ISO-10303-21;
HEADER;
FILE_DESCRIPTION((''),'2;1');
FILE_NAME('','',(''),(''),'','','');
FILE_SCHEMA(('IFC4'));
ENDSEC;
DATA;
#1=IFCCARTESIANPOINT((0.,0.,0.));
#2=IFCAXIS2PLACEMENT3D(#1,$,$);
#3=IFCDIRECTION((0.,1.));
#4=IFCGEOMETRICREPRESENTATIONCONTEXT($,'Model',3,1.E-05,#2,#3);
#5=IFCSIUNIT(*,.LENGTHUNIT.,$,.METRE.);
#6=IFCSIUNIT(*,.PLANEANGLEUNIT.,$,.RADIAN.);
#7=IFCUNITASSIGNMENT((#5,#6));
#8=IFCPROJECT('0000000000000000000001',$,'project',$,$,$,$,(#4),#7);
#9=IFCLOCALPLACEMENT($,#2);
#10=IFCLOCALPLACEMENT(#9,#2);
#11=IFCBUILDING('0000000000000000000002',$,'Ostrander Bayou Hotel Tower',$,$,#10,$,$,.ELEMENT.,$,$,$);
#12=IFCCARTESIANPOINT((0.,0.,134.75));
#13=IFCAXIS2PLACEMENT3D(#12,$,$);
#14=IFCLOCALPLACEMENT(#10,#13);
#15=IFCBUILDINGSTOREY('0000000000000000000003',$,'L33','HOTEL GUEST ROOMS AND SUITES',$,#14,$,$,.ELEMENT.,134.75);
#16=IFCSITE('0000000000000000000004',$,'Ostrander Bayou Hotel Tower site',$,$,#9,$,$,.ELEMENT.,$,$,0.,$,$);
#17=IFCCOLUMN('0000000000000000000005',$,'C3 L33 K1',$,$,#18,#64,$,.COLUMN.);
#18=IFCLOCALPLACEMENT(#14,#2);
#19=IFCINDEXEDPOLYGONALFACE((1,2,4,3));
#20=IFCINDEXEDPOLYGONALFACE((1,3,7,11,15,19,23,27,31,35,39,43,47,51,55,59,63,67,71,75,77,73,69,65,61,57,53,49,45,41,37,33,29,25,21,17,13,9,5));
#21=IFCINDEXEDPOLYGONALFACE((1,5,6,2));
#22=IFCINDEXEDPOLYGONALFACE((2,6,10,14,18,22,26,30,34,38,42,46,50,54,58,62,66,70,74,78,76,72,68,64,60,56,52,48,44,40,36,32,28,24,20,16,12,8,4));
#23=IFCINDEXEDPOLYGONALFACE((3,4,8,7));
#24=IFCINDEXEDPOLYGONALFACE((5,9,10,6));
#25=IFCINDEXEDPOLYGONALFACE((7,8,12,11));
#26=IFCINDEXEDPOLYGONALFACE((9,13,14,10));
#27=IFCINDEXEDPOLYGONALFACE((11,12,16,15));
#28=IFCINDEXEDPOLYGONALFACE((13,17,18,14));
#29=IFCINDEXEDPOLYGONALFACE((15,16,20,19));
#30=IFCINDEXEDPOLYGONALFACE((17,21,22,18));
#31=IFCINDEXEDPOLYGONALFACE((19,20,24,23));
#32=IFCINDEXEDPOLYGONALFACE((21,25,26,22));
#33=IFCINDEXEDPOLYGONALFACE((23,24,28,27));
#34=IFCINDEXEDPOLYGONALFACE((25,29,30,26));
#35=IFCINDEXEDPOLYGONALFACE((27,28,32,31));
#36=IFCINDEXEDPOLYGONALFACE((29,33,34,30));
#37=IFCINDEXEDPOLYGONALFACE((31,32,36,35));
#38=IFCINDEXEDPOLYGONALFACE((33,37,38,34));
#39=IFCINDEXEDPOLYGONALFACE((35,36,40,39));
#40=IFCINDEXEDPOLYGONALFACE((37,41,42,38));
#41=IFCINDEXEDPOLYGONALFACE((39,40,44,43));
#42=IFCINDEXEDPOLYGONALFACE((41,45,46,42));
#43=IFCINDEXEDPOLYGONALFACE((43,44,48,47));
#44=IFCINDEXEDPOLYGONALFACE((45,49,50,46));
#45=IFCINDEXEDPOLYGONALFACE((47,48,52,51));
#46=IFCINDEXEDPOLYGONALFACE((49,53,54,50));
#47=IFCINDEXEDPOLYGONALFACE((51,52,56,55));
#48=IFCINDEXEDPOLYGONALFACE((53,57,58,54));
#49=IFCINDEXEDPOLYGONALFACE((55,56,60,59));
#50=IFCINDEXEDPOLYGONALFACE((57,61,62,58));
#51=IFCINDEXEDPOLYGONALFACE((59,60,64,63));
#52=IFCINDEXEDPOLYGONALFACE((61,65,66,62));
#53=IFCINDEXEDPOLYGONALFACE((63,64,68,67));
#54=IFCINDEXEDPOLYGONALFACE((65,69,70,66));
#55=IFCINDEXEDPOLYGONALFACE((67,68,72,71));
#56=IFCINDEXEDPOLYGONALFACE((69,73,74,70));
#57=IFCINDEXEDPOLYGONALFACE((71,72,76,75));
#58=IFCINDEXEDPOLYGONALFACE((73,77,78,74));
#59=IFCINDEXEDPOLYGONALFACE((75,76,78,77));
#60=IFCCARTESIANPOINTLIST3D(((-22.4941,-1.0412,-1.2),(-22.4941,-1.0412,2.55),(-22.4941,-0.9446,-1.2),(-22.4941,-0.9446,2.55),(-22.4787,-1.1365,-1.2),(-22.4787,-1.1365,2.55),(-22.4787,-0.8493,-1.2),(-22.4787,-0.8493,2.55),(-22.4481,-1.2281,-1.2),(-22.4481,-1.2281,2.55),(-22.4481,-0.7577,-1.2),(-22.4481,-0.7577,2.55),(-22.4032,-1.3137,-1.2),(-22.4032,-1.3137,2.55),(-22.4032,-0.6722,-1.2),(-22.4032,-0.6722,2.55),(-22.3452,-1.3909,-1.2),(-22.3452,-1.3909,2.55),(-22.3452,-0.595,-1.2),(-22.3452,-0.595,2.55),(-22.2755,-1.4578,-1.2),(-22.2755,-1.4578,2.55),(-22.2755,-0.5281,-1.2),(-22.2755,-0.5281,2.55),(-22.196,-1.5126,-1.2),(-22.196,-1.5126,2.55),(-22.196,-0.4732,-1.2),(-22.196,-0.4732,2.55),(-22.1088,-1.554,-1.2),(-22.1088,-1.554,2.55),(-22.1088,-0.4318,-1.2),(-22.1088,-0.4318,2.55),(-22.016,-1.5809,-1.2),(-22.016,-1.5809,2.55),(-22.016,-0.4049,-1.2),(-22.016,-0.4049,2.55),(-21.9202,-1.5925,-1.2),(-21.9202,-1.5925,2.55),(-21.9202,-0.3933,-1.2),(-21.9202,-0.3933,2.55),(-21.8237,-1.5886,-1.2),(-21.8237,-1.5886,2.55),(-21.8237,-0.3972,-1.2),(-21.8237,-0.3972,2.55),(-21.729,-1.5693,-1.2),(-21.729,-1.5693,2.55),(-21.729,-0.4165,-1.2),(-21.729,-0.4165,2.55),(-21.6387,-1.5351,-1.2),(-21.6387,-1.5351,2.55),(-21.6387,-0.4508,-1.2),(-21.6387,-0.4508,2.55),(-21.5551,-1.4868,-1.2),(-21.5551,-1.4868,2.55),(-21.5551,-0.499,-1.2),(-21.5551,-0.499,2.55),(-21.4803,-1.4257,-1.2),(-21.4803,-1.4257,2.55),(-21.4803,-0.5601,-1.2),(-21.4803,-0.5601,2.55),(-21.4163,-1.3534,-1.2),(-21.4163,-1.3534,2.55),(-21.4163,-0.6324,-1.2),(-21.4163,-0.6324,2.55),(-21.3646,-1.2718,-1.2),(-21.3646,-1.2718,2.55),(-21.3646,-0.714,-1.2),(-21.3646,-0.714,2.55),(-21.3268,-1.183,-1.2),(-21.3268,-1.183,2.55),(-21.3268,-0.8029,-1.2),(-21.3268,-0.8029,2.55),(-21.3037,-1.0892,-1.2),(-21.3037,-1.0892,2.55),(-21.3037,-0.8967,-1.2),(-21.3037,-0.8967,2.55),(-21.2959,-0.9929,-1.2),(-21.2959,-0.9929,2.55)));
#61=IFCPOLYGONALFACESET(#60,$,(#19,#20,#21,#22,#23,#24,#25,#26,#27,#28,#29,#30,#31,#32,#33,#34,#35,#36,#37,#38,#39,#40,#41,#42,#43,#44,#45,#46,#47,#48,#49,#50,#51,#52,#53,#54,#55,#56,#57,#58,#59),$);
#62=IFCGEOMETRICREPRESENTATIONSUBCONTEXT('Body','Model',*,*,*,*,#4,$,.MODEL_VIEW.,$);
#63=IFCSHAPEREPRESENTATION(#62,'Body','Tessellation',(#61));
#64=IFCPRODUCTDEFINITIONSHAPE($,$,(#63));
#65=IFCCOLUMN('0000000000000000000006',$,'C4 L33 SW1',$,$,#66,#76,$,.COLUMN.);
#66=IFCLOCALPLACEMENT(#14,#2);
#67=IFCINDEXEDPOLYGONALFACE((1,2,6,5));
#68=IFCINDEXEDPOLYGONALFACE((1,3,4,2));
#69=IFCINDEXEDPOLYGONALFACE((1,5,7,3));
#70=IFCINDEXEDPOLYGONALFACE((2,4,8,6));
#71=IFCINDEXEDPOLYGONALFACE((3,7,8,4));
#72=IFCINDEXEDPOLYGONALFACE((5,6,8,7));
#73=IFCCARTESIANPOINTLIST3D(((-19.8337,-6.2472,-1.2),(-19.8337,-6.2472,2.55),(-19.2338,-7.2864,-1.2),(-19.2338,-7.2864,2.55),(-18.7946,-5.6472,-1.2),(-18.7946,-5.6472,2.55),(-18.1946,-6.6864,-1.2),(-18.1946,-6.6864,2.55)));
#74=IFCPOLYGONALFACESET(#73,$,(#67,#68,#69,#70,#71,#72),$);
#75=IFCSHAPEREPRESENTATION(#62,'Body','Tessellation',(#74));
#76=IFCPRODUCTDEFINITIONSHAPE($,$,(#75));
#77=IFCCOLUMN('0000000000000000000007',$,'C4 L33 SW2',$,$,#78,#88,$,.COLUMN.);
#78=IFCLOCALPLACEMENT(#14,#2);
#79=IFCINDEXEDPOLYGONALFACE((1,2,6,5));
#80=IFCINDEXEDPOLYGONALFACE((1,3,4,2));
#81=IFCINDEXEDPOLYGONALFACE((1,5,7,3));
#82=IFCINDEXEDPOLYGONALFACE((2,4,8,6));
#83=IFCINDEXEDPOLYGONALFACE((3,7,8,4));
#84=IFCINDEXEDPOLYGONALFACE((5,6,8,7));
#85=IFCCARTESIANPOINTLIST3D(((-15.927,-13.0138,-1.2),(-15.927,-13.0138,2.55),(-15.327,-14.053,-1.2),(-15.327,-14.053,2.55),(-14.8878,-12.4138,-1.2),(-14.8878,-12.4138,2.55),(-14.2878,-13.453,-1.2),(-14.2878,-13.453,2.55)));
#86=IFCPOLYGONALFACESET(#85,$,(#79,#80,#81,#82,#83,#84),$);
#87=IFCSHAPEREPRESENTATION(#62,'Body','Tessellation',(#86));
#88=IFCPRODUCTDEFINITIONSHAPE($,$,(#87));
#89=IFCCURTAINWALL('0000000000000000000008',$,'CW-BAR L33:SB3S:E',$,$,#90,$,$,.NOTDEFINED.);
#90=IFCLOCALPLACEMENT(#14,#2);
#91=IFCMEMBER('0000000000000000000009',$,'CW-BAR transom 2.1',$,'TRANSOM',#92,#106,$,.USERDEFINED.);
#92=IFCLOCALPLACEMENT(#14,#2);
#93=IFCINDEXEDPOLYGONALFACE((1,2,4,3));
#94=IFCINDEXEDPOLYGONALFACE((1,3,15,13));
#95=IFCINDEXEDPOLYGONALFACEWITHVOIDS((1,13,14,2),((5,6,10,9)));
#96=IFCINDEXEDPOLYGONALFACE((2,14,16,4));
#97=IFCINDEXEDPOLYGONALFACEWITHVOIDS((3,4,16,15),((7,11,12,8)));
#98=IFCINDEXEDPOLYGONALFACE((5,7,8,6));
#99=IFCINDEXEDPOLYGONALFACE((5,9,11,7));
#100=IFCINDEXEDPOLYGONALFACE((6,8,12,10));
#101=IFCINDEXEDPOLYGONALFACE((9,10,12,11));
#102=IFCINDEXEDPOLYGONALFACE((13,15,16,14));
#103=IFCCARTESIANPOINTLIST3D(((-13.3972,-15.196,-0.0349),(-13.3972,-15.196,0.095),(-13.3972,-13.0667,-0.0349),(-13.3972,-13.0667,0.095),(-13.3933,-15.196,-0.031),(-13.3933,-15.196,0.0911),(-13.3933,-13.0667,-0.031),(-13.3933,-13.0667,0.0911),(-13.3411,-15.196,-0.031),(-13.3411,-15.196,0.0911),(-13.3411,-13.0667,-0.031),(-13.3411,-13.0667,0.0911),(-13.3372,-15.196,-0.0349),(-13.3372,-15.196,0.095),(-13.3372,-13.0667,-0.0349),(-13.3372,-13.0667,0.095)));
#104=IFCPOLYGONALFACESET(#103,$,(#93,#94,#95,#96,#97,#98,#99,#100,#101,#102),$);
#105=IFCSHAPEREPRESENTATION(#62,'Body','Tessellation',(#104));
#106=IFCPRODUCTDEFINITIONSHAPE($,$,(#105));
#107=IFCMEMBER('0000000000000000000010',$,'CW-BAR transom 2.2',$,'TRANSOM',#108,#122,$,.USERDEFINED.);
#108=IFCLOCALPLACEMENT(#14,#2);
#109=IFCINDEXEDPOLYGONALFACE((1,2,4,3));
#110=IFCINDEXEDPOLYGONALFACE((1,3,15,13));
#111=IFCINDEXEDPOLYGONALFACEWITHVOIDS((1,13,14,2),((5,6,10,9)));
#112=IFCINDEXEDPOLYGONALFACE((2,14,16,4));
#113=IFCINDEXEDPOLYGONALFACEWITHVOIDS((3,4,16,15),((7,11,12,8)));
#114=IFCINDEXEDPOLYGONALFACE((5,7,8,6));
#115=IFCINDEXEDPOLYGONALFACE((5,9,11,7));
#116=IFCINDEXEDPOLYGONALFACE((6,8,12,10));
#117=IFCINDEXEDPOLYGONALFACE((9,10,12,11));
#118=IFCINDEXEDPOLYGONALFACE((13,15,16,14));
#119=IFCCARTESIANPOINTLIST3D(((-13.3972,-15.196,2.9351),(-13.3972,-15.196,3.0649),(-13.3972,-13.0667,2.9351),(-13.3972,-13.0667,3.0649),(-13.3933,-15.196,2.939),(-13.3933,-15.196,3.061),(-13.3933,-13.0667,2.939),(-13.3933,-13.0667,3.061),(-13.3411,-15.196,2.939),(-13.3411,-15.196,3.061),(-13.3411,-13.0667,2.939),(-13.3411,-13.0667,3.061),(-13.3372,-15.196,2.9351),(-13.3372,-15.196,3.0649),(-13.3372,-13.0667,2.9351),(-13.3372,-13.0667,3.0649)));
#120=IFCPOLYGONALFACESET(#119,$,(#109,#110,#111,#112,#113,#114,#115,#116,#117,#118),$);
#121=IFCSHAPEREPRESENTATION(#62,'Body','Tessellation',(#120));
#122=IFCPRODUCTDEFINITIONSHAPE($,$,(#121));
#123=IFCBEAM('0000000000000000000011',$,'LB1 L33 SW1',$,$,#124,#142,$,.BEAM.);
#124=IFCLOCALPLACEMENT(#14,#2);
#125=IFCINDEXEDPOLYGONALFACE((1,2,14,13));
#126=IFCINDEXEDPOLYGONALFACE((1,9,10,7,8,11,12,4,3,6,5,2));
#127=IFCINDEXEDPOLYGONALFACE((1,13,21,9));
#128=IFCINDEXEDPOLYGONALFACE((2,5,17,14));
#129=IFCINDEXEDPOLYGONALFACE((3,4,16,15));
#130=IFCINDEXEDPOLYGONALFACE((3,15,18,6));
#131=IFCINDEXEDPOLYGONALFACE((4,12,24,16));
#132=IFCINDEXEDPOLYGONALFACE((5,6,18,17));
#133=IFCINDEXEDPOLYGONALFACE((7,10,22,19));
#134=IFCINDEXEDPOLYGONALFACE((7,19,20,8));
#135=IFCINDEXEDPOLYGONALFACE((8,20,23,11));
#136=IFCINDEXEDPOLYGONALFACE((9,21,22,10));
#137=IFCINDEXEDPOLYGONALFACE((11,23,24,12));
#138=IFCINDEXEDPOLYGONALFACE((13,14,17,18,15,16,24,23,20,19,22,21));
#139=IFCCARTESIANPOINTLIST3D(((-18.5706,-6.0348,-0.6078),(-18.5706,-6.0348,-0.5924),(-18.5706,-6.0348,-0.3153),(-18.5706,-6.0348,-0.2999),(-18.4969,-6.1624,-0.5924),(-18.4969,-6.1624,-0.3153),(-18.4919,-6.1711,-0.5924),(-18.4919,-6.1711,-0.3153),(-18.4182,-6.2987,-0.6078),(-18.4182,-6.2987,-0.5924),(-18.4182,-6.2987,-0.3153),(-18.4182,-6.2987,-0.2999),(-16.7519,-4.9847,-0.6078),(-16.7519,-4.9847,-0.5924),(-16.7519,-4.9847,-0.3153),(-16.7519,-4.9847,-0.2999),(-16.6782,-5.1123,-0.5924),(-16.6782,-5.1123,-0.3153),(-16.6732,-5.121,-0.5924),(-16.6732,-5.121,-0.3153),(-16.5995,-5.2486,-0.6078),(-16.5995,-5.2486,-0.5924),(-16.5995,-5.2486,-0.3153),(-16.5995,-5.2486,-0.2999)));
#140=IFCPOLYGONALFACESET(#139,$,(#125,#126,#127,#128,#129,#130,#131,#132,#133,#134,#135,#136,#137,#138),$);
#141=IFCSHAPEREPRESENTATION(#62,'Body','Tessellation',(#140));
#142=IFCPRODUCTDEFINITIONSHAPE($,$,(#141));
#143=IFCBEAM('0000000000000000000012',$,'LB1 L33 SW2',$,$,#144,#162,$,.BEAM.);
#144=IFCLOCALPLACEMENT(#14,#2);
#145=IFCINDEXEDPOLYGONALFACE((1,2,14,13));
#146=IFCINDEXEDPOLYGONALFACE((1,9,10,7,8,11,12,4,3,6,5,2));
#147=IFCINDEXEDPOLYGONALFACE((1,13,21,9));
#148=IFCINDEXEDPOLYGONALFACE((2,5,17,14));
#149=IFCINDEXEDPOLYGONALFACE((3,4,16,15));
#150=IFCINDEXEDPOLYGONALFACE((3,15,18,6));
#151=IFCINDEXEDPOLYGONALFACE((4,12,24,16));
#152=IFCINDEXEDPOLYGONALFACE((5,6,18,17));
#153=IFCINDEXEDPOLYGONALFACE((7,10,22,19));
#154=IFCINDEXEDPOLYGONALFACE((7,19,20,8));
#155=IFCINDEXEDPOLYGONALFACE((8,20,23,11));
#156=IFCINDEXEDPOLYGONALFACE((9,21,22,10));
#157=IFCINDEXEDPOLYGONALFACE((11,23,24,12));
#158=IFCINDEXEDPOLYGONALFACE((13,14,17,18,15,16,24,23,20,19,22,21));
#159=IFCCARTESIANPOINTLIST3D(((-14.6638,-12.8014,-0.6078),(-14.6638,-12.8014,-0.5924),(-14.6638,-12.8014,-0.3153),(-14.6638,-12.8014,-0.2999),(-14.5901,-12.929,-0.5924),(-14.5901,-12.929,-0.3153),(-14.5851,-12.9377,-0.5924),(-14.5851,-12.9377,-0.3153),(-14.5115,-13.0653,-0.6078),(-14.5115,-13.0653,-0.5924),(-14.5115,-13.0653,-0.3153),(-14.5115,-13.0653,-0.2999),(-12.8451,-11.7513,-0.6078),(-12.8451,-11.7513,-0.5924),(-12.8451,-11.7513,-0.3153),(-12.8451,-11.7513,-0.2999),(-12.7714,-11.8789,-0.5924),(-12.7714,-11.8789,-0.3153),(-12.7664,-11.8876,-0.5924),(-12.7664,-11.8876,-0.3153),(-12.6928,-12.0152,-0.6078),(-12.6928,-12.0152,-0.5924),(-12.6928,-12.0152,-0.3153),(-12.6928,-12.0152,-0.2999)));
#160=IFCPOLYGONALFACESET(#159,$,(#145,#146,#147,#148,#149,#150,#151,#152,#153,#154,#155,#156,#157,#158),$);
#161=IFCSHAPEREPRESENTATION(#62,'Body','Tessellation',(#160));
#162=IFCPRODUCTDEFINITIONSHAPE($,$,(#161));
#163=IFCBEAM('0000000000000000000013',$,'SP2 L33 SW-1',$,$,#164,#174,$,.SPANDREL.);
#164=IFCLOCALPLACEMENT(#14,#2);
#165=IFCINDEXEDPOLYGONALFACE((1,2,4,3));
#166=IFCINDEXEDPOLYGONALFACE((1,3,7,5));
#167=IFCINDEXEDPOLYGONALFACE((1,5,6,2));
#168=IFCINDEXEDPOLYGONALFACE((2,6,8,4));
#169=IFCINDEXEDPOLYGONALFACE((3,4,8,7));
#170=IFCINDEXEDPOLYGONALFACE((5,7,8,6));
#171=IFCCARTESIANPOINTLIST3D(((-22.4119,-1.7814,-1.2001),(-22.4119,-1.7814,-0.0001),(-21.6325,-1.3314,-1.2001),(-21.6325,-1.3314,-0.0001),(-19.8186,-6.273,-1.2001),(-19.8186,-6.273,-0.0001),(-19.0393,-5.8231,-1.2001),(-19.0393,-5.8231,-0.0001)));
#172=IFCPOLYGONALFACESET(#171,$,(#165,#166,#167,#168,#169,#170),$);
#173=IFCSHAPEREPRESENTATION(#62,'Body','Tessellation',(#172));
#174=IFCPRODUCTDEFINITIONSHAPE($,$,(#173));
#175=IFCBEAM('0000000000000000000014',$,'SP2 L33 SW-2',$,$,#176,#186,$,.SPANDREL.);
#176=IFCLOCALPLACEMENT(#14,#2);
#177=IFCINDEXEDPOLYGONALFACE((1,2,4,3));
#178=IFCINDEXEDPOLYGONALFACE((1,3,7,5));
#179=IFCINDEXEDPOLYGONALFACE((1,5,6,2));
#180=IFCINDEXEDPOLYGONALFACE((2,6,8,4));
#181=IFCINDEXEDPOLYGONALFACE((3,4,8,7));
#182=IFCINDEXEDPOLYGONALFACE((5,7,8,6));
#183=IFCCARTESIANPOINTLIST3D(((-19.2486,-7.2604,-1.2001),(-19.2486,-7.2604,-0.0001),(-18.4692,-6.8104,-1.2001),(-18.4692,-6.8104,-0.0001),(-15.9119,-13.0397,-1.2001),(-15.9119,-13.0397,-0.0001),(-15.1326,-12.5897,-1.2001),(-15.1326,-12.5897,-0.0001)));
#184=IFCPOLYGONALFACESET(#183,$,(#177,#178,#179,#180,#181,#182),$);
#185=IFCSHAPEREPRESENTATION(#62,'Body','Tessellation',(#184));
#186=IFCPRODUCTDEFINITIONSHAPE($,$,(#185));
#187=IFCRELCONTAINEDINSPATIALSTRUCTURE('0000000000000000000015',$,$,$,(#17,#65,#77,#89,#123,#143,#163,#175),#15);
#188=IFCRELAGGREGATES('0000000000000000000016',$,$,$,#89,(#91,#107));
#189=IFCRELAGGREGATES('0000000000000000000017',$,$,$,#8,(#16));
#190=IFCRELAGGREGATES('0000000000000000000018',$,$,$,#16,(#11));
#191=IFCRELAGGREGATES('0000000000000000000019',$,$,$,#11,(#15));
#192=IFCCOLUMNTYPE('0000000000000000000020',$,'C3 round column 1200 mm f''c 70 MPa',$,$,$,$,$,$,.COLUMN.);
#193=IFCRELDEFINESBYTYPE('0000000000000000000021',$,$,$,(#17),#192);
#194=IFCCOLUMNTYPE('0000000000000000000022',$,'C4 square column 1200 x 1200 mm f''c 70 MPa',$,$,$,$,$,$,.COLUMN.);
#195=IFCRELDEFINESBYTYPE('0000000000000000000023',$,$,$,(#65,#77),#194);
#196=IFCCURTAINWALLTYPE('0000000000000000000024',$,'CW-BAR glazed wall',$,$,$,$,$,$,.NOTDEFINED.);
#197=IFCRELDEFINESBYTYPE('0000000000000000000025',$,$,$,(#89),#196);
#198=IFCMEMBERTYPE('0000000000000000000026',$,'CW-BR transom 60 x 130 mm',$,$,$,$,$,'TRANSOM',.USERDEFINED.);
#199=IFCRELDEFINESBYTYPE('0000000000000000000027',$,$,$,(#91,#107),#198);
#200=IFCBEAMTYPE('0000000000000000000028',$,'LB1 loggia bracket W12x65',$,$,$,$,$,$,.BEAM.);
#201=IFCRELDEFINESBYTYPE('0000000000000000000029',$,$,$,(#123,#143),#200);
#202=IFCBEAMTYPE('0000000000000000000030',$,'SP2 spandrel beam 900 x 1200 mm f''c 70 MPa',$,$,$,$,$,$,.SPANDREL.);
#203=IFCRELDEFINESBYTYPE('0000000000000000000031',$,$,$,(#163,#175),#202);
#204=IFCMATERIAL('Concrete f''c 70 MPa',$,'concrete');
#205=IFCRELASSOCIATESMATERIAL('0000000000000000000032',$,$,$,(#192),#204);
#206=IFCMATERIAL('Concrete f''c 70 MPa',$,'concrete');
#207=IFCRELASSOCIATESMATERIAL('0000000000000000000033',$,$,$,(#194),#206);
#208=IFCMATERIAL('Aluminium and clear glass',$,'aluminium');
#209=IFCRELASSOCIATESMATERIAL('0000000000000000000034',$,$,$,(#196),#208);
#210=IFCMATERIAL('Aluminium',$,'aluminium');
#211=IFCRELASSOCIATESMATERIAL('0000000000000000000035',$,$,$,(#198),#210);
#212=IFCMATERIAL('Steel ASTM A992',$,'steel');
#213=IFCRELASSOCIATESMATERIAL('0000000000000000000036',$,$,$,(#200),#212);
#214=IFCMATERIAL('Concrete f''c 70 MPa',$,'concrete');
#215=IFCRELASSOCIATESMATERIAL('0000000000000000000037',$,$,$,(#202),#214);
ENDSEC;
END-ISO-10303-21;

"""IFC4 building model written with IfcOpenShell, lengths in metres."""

from ifc_helpers import new_model, si_unit, direction, frame, origin, origin_2d, place, context, subcontext, project, spatial, rectangle, hollow_rectangle, circle, i_section, extrude, material, material_profile, profile_set, type_object, element, aggregate, save


model = new_model("IFC4")

# Units and contexts
model_context = context("Model", 3, precision=1e-05, world=origin(), true_north=direction((0.0, 1.0)))
body_context = subcontext(model_context, "Body", "Model", "MODEL_VIEW")
ifc_project = project(units=[si_unit("LENGTHUNIT", "METRE"), si_unit("PLANEANGLEUNIT", "RADIAN")], contexts=[model_context])

# Site, building, storey
site_placement = place(None, origin())
site = spatial("IfcSite", under=ifc_project, at=site_placement, Name="Ostrander Bayou Hotel Tower site", CompositionType="ELEMENT", RefElevation=0.0)
building_placement = place(site_placement, origin())
building = spatial("IfcBuilding", under=site, at=building_placement, Name="Ostrander Bayou Hotel Tower", CompositionType="ELEMENT")
storey_placement = place(building_placement, frame((0.0, 0.0, 134.75)))
storey = spatial("IfcBuildingStorey", under=building, at=storey_placement, Name="L33", Description="HOTEL GUEST ROOMS AND SUITES", CompositionType="ELEMENT", Elevation=134.75)

# Columns
ifc_material_1 = material(Name="Concrete f'c 70 MPa", Category="concrete")
ifc_material_profile_1 = material_profile(ifc_material_1, circle(Radius=0.6001, at=origin_2d()))
ifc_profile_set_1 = profile_set([ifc_material_profile_1], Name="Concrete f'c 70 MPa")
column_type_1 = type_object("IfcColumnType", Name="C3 round column 1200 mm f'c 70 MPa", PredefinedType="COLUMN", material=ifc_profile_set_1)
column_placement = place(storey_placement, frame((-21.896, -0.9929, -1.2), z_axis=(0.0, 0.0, 1.0), x_axis=(1.0, 0.0, 0.0)))
element("IfcColumn", 1, at=column_placement, inside=storey, type_object=column_type_1, Name="C3 L33 K1", PredefinedType="COLUMN", context=body_context, shape_type="SweptSolid", body=[
    extrude(circle(Radius=0.6001, at=origin_2d()), origin(), (0.0, 0.0, 1.0), 3.75),
])
ifc_material_2 = material(Name="Concrete f'c 70 MPa", Category="concrete")
ifc_material_profile_2 = material_profile(ifc_material_2, rectangle(XDim=1.2, YDim=1.2, at=origin_2d()))
ifc_profile_set_2 = profile_set([ifc_material_profile_2], Name="Concrete f'c 70 MPa")
column_type_2 = type_object("IfcColumnType", Name="C4 square column 1200 x 1200 mm f'c 70 MPa", PredefinedType="COLUMN", material=ifc_profile_set_2)
for number, where, z_axis, x_axis, name in (
    (2, (-19.0142, -6.4668, -1.2), (0.0, 0.0, 1.0), (-0.5, 0.866025, 0.0), "C4 L33 SW1"),
    (3, (-15.1074, -13.2334, -1.2), (0.0, 0.0, 1.0), (-0.5, 0.866025, 0.0), "C4 L33 SW2"),
):
    element("IfcColumn", number, at=place(storey_placement, frame(where, z_axis=z_axis, x_axis=x_axis)), inside=storey, type_object=column_type_2, Name=name, PredefinedType="COLUMN", context=body_context, shape_type="SweptSolid", body=[
        extrude(rectangle(XDim=1.2, YDim=1.2, at=origin_2d()), origin(), (0.0, 0.0, 1.0), 3.75),
    ])

# Curtain wall, members
ifc_material_3 = material(Name="Aluminium and clear glass", Category="aluminium")
curtain_wall_type = type_object("IfcCurtainWallType", Name="CW-BAR glazed wall", PredefinedType="NOTDEFINED", material=ifc_material_3)
curtain_wall_placement = place(storey_placement, origin())
curtain_wall = element("IfcCurtainWall", 4, at=curtain_wall_placement, inside=storey, type_object=curtain_wall_type, Name="CW-BAR L33:SB3S:E", PredefinedType="NOTDEFINED")
ifc_material_4 = material(Name="Aluminium", Category="aluminium")
ifc_material_profile_3 = material_profile(ifc_material_4, hollow_rectangle(XDim=0.0601, YDim=0.1299, WallThickness=0.0039, at=origin_2d()))
ifc_profile_set_3 = profile_set([ifc_material_profile_3], Name="Aluminium")
member_type = type_object("IfcMemberType", Name="CW-BR transom 60 x 130 mm", ElementType="TRANSOM", PredefinedType="USERDEFINED", material=ifc_profile_set_3)
member_1_placement = place(storey_placement, frame((-13.3672, -13.0667, 0.03), z_axis=(0.0, -1.0, 0.0), x_axis=(1.0, 0.0, 0.0)))
member_1 = element("IfcMember", 5, at=member_1_placement, type_object=member_type, Name="CW-BAR transom 2.1", ObjectType="TRANSOM", PredefinedType="USERDEFINED", context=body_context, shape_type="SweptSolid", body=[
    extrude(hollow_rectangle(XDim=0.0601, YDim=0.1299, WallThickness=0.0039, at=origin_2d()), origin(), (0.0, 0.0, 1.0), 2.1294),
])
member_2_placement = place(storey_placement, frame((-13.3672, -13.0667, 3.0), z_axis=(0.0, -1.0, 0.0), x_axis=(1.0, 0.0, 0.0)))
member_2 = element("IfcMember", 6, at=member_2_placement, type_object=member_type, Name="CW-BAR transom 2.2", ObjectType="TRANSOM", PredefinedType="USERDEFINED", context=body_context, shape_type="SweptSolid", body=[
    extrude(hollow_rectangle(XDim=0.0601, YDim=0.1299, WallThickness=0.0039, at=origin_2d()), origin(), (0.0, 0.0, 1.0), 2.1294),
])
aggregate(curtain_wall, [member_1, member_2])

# Beams
ifc_material_5 = material(Name="Steel ASTM A992", Category="steel")
ifc_material_profile_4 = material_profile(ifc_material_5, i_section(OverallWidth=0.3047, OverallDepth=0.3079, WebThickness=0.01, FlangeThickness=0.0154, at=origin_2d()))
ifc_profile_set_4 = profile_set([ifc_material_profile_4], Name="Steel ASTM A992")
beam_type_1 = type_object("IfcBeamType", Name="LB1 loggia bracket W12x65", PredefinedType="BEAM", material=ifc_profile_set_4)
for number, where, z_axis, x_axis, name in (
    (7, (-18.4944, -6.1667, -0.4539), (0.866009, 0.500028, 0.0), (-0.500028, 0.866009, 0.0), "LB1 L33 SW1"),
    (8, (-14.5876, -12.9333, -0.4539), (0.866009, 0.500028, 0.0), (-0.500028, 0.866009, 0.0), "LB1 L33 SW2"),
):
    element("IfcBeam", number, at=place(storey_placement, frame(where, z_axis=z_axis, x_axis=x_axis)), inside=storey, type_object=beam_type_1, Name=name, PredefinedType="BEAM", context=body_context, shape_type="SweptSolid", body=[
        extrude(i_section(OverallWidth=0.3047, OverallDepth=0.3079, WebThickness=0.01, FlangeThickness=0.0154, at=origin_2d()), origin(), (0.0, 0.0, 1.0), 2.1001),
    ])
ifc_material_6 = material(Name="Concrete f'c 70 MPa", Category="concrete")
ifc_material_profile_5 = material_profile(ifc_material_6, rectangle(XDim=0.8999, YDim=1.2, at=origin_2d()))
ifc_profile_set_5 = profile_set([ifc_material_profile_5], Name="Concrete f'c 70 MPa")
beam_type_2 = type_object("IfcBeamType", Name="SP2 spandrel beam 900 x 1200 mm f'c 70 MPa", PredefinedType="SPANDREL", material=ifc_profile_set_5)
beam_1_placement = place(storey_placement, frame((-22.0222, -1.5564, -0.6001), z_axis=(0.499997, -0.866027, 0.0), x_axis=(0.866027, 0.499997, 0.0)))
element("IfcBeam", 9, at=beam_1_placement, inside=storey, type_object=beam_type_2, Name="SP2 L33 SW-1", PredefinedType="SPANDREL", context=body_context, shape_type="SweptSolid", body=[
    extrude(rectangle(XDim=0.8999, YDim=1.2, at=origin_2d()), origin(), (0.0, 0.0, 1.0), 5.1865),
])
beam_2_placement = place(storey_placement, frame((-18.8589, -7.0354, -0.6001), z_axis=(0.499999, -0.866026, 0.0), x_axis=(0.866026, 0.499999, 0.0)))
element("IfcBeam", 10, at=beam_2_placement, inside=storey, type_object=beam_type_2, Name="SP2 L33 SW-2", PredefinedType="SPANDREL", context=body_context, shape_type="SweptSolid", body=[
    extrude(rectangle(XDim=0.8999, YDim=1.2, at=origin_2d()), origin(), (0.0, 0.0, 1.0), 6.6733),
])

save(model, "model.ifc")
